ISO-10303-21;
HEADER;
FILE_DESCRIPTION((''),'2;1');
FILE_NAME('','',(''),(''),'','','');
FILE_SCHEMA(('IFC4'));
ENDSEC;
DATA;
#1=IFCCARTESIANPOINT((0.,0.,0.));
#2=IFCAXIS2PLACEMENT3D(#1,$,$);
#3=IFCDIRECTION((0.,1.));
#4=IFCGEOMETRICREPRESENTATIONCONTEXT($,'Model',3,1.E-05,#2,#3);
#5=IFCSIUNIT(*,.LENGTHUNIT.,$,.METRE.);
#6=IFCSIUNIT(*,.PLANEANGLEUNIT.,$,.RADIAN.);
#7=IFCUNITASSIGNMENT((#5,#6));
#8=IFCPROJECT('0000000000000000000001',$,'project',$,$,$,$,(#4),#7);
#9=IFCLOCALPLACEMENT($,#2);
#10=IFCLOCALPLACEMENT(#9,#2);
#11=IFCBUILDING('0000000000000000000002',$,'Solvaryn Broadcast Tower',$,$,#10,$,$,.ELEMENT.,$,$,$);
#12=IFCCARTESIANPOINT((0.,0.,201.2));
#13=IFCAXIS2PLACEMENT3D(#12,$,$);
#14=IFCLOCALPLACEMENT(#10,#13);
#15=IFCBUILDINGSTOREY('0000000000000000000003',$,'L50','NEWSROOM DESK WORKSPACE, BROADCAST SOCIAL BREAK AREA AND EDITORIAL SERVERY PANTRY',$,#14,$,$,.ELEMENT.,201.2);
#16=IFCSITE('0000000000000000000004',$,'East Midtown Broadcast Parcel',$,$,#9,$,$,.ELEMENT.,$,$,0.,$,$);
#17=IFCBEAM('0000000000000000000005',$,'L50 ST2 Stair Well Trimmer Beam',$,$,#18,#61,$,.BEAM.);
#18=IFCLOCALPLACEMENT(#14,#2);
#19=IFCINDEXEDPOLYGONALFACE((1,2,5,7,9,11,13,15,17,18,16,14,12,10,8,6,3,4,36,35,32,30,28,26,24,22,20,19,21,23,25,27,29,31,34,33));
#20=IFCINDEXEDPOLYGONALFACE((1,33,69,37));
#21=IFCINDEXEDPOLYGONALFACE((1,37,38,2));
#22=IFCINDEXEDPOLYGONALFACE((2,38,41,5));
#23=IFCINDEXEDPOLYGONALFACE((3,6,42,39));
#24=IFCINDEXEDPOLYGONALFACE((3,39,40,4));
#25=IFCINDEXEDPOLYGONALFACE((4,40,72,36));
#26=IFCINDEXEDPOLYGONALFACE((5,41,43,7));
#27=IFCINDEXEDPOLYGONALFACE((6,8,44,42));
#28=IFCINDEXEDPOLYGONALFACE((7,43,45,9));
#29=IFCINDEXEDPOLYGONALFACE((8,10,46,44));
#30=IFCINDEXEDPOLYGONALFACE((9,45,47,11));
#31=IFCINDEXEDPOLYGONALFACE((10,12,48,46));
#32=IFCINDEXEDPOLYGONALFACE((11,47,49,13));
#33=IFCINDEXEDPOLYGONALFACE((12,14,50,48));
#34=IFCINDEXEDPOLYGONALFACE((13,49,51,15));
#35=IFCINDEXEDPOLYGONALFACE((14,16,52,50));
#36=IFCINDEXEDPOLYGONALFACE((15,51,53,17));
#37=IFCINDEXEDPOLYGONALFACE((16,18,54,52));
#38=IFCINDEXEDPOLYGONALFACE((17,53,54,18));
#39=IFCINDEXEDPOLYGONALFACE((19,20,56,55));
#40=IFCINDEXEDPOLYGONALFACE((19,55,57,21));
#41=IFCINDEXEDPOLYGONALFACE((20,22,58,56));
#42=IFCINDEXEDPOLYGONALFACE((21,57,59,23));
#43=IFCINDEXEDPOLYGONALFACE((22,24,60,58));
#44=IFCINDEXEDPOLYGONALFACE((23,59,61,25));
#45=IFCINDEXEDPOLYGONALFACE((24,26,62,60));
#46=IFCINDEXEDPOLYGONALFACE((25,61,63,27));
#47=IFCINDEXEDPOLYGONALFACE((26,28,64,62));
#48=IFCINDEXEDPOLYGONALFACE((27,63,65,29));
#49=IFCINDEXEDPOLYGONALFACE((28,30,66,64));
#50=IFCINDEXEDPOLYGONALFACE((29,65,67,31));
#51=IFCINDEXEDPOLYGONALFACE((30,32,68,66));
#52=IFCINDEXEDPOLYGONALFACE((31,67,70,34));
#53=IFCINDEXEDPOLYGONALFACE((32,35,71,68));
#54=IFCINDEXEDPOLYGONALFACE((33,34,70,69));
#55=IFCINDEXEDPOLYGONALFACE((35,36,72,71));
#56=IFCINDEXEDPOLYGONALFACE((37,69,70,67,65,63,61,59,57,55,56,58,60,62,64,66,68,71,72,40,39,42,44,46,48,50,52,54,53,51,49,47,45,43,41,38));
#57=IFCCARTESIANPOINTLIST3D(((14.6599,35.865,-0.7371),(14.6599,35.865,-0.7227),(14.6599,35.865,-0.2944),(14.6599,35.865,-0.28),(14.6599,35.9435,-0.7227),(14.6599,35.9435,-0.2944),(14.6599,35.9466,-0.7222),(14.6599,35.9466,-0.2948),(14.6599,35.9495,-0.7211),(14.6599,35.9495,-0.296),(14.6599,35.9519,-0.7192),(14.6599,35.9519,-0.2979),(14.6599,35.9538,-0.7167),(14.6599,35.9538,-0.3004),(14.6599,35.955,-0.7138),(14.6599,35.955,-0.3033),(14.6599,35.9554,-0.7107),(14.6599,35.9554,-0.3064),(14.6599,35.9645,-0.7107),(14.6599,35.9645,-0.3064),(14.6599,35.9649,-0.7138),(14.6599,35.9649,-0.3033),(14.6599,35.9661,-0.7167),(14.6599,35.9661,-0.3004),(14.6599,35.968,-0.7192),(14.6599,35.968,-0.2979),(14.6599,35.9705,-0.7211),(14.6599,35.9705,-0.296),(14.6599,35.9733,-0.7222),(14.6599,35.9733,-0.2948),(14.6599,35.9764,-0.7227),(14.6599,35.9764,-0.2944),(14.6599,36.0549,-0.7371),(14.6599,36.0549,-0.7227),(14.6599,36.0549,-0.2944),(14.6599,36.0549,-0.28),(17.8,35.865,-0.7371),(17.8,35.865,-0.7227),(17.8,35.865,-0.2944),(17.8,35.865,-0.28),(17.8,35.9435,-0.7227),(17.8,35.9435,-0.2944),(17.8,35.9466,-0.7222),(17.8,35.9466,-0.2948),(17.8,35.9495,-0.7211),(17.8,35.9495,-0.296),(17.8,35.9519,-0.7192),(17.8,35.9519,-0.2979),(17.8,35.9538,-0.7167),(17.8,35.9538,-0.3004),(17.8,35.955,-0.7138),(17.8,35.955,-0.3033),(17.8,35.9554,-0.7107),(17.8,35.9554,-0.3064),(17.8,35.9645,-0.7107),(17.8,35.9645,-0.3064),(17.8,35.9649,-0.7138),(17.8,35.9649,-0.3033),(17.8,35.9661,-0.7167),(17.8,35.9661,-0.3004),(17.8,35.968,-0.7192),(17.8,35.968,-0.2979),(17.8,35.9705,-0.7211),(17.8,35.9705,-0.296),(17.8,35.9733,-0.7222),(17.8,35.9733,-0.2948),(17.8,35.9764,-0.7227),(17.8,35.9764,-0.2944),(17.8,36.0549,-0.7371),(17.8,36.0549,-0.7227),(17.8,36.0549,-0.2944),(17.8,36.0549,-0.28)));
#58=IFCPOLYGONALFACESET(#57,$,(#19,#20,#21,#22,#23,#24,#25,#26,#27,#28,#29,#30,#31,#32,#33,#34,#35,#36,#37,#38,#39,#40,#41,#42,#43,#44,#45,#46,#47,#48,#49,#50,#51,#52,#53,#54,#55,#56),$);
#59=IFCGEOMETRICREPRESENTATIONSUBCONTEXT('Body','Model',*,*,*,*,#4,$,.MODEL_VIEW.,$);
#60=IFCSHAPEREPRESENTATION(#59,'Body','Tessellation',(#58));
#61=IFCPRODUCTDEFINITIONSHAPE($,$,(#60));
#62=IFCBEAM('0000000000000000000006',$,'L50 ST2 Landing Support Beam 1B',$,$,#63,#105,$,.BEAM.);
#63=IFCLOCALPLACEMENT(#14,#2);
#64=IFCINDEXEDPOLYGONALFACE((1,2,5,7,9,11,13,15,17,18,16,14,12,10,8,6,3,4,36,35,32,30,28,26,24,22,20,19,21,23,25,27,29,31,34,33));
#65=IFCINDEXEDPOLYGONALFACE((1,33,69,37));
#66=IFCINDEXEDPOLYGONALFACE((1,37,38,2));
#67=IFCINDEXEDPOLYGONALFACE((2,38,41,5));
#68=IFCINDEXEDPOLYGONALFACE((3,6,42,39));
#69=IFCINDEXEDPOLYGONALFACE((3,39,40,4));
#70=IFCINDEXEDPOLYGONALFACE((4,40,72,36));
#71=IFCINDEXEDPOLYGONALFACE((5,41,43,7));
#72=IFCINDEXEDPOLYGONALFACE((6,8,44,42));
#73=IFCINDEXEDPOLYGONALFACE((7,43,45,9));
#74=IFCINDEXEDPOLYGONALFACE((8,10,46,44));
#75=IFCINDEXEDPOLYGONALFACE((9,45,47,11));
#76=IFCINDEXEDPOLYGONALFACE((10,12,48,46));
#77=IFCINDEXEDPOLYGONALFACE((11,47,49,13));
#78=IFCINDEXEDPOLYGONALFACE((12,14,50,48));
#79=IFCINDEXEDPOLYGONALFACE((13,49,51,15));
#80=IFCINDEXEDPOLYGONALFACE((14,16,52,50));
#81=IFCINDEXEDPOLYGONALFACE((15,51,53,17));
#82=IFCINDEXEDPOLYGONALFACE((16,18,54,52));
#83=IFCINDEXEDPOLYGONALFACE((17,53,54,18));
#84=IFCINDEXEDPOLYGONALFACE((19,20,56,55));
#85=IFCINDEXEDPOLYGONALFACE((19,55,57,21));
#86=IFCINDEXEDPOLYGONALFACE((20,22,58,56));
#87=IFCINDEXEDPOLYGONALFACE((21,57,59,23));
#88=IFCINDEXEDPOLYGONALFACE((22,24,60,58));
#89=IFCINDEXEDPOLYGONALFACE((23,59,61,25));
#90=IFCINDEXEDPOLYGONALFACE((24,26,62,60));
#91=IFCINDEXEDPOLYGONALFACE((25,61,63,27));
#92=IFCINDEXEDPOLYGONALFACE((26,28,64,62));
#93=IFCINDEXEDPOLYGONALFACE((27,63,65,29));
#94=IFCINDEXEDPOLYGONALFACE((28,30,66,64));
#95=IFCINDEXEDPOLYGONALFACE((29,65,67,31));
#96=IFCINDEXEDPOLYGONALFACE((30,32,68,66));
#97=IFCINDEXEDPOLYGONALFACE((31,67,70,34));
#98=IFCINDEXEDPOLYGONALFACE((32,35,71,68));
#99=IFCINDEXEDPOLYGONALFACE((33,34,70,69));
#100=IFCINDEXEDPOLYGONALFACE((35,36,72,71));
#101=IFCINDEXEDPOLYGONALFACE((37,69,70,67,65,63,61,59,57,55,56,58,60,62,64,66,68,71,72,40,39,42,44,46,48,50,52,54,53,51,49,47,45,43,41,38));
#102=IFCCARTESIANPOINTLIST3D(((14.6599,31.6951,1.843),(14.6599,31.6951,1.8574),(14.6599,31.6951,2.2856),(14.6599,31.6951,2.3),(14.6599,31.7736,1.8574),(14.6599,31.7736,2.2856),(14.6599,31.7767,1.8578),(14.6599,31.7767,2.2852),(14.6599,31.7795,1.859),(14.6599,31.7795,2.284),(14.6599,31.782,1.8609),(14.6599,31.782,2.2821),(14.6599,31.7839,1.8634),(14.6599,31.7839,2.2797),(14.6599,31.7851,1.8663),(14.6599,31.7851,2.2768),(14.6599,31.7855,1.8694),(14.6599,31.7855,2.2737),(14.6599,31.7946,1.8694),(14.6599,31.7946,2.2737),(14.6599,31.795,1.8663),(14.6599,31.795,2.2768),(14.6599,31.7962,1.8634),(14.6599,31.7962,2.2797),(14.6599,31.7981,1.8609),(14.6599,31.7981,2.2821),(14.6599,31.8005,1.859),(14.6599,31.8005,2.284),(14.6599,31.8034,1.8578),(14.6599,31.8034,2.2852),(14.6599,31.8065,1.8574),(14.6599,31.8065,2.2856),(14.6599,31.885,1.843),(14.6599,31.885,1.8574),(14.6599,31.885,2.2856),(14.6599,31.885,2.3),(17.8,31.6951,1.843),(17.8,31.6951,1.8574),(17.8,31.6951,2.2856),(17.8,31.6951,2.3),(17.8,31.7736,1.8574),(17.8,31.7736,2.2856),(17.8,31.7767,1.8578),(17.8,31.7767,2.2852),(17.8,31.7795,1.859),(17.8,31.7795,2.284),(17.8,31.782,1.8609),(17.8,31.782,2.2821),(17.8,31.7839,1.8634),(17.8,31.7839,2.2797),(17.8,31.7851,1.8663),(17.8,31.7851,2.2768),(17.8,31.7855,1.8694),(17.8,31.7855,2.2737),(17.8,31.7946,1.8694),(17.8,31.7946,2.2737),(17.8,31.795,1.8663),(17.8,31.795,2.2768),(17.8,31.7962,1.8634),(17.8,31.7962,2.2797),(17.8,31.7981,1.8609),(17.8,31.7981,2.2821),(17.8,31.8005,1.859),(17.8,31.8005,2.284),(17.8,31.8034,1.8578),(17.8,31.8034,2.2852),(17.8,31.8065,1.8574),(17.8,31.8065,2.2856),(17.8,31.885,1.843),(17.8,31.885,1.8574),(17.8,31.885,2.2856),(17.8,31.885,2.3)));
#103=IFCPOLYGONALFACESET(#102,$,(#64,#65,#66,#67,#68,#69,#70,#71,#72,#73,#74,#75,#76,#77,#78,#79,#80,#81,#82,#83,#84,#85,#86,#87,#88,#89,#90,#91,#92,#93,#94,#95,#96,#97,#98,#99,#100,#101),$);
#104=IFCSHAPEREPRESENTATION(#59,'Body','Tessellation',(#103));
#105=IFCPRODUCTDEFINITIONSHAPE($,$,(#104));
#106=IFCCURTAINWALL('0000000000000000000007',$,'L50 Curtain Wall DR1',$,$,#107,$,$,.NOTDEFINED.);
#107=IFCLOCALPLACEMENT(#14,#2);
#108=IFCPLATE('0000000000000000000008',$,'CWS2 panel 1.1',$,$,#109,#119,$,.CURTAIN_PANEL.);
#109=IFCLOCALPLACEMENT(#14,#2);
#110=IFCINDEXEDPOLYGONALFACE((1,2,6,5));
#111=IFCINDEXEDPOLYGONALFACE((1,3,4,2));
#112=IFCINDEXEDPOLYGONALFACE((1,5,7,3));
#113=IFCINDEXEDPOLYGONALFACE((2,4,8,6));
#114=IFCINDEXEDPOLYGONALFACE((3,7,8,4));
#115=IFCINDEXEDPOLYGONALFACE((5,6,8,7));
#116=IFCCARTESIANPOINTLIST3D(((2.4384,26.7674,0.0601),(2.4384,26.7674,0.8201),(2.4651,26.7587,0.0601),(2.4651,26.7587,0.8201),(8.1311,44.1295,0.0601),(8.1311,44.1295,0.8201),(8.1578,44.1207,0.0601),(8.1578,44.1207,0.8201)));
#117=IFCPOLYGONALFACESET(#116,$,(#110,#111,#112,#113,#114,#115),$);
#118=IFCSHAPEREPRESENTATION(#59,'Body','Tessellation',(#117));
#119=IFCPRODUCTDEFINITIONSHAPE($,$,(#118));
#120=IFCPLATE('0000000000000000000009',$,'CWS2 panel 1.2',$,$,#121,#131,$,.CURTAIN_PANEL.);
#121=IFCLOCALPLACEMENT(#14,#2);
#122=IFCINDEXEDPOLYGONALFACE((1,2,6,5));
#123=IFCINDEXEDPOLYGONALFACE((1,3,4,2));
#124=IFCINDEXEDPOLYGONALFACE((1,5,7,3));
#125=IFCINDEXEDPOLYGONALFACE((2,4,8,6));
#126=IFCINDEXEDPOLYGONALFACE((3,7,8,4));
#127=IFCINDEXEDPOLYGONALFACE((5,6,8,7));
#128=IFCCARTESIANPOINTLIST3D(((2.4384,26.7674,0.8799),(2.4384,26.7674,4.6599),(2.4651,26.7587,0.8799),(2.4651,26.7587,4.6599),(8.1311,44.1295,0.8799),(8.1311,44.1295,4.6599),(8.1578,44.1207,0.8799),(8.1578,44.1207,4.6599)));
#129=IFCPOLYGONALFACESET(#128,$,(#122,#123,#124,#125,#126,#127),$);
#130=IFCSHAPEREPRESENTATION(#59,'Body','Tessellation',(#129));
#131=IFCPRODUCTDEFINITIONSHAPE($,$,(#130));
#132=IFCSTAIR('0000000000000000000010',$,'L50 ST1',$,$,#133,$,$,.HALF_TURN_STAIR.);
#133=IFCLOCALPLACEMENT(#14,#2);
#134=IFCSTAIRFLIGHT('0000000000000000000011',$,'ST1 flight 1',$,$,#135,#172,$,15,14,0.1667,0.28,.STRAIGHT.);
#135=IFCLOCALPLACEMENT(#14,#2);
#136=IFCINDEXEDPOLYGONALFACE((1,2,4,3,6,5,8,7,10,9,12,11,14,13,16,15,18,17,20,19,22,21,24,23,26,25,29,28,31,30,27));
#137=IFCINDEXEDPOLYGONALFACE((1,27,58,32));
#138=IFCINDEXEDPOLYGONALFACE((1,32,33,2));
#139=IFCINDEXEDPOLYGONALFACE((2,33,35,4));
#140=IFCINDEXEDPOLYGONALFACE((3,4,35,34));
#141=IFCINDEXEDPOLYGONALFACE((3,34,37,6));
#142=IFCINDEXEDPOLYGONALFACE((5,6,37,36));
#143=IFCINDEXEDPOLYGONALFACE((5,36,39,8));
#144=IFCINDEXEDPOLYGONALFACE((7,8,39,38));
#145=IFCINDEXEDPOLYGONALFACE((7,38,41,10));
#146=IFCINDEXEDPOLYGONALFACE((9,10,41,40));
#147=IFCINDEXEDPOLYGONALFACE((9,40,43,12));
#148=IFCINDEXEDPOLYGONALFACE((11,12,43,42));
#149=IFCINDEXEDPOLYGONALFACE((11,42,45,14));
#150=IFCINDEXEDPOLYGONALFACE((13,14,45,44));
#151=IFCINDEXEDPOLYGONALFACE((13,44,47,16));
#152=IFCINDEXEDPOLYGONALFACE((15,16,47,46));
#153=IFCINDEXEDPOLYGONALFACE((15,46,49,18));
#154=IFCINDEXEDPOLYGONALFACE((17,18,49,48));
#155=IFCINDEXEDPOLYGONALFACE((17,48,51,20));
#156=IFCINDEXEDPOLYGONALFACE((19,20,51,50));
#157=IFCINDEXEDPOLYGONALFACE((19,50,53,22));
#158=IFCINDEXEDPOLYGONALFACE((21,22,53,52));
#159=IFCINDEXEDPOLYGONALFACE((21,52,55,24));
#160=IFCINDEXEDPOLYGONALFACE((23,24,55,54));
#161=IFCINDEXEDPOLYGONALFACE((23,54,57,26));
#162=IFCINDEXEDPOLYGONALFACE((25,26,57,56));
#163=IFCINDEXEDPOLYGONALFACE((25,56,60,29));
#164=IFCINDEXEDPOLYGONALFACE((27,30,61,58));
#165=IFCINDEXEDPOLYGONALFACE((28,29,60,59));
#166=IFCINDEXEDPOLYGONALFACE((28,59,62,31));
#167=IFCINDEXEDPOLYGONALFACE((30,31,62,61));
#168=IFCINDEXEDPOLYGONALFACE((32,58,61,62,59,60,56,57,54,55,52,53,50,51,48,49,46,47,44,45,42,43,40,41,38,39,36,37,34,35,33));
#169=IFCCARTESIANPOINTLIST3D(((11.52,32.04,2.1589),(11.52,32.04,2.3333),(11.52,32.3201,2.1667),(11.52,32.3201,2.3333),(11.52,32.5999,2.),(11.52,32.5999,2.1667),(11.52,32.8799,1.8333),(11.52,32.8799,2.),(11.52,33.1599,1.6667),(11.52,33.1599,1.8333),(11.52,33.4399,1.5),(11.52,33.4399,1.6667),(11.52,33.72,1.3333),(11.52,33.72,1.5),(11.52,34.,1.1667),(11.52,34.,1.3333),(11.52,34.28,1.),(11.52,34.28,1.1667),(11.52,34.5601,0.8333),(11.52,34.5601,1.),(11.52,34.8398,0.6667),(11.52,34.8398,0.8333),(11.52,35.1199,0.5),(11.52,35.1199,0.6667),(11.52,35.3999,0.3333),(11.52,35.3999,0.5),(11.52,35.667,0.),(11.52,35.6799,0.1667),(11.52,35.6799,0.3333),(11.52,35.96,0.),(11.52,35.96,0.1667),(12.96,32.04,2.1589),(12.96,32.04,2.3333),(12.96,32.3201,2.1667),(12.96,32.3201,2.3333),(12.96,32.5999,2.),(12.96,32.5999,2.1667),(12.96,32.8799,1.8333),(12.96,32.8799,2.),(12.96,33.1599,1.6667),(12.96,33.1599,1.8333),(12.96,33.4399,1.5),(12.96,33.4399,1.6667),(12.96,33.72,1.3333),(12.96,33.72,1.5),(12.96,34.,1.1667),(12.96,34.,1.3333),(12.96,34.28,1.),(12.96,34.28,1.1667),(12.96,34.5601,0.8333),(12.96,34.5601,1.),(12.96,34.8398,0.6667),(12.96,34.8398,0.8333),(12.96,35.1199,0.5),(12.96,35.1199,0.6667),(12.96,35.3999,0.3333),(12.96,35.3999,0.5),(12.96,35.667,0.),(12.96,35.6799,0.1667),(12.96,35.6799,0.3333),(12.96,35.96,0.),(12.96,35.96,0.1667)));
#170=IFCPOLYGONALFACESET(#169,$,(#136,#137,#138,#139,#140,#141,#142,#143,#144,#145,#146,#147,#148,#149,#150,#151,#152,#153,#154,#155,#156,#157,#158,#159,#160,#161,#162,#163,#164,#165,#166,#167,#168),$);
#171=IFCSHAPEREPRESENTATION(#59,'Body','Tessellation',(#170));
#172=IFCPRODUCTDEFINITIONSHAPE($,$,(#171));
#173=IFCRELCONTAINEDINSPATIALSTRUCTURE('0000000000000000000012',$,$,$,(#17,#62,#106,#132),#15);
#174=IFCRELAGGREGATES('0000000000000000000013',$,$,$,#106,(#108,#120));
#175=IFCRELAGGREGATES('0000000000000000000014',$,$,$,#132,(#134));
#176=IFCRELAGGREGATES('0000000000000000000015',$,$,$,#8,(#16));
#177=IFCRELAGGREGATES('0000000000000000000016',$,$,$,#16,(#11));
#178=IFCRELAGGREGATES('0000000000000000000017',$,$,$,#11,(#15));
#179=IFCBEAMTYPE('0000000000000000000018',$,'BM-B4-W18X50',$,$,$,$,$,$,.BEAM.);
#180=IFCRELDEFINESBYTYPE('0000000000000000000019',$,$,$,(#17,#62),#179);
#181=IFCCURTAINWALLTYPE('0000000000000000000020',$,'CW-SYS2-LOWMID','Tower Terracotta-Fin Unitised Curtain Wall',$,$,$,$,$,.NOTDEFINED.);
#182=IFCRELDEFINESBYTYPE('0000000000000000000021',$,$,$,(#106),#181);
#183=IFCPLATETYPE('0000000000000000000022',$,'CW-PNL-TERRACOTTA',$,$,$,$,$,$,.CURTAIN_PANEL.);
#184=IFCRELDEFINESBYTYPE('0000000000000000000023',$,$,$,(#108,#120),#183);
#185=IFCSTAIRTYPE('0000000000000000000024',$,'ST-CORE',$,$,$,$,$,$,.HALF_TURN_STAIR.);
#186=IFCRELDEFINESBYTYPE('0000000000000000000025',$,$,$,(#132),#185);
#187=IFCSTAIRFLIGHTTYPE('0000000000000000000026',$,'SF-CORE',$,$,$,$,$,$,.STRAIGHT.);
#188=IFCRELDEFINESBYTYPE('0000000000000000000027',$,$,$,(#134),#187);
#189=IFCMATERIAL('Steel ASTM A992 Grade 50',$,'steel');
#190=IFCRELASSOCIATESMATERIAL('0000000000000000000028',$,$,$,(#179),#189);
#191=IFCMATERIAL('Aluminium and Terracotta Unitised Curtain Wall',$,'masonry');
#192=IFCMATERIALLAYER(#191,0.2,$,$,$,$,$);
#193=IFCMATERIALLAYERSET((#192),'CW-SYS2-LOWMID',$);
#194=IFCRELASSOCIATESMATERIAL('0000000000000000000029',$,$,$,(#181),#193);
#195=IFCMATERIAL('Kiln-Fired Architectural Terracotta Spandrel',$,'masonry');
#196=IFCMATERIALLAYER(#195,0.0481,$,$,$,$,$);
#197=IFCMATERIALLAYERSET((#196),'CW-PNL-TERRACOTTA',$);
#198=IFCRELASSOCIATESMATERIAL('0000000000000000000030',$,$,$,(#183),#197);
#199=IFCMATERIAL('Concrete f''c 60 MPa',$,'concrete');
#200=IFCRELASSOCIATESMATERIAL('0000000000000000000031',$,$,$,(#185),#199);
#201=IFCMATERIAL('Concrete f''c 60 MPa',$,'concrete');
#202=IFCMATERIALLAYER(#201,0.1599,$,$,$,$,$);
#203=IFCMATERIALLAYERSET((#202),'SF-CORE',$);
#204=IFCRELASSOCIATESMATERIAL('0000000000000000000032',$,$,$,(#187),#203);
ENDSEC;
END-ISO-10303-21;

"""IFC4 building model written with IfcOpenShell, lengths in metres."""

from ifc_helpers import new_model, si_unit, direction, frame, origin, origin_2d, place, context, subcontext, project, spatial, polyline, rectangle, i_section, outline, extrude, material, layer, layer_set, material_profile, profile_set, type_object, element, aggregate, save


model = new_model("IFC4")

# Units and contexts
model_context = context("Model", 3, precision=1e-05, world=origin(), true_north=direction((0.0, 1.0)))
body_context = subcontext(model_context, "Body", "Model", "MODEL_VIEW")
ifc_project = project(units=[si_unit("LENGTHUNIT", "METRE"), si_unit("PLANEANGLEUNIT", "RADIAN")], contexts=[model_context])

# Site, building, storey
site_placement = place(None, origin())
site = spatial("IfcSite", under=ifc_project, at=site_placement, Name="East Midtown Broadcast Parcel", CompositionType="ELEMENT", RefElevation=0.0)
building_placement = place(site_placement, origin())
building = spatial("IfcBuilding", under=site, at=building_placement, Name="Solvaryn Broadcast Tower", CompositionType="ELEMENT")
storey_placement = place(building_placement, frame((0.0, 0.0, 201.2)))
storey = spatial("IfcBuildingStorey", under=building, at=storey_placement, Name="L50", Description="NEWSROOM DESK WORKSPACE, BROADCAST SOCIAL BREAK AREA AND EDITORIAL SERVERY PANTRY", CompositionType="ELEMENT", Elevation=201.2)

# Beams
ifc_material_1 = material(Name="Steel ASTM A992 Grade 50", Category="steel")
ifc_material_profile_1 = material_profile(ifc_material_1, i_section(OverallWidth=0.1899, OverallDepth=0.457, WebThickness=0.009, FlangeThickness=0.0144, FilletRadius=0.012, at=origin_2d()))
ifc_profile_set_1 = profile_set([ifc_material_profile_1], Name="Steel ASTM A992 Grade 50")
beam_type_1 = type_object("IfcBeamType", Name="BM-B4-W18X50", PredefinedType="BEAM", material=ifc_profile_set_1)
for number, where, z_axis, x_axis, name in (
    (1, (14.6599, 35.96, -0.5085), (1.0, 0.0, 0.0), (0.0, 1.0, 0.0), "L50 ST2 Stair Well Trimmer Beam"),
    (2, (14.6599, 31.79, 2.0715), (1.0, 0.0, 0.0), (0.0, 1.0, 0.0), "L50 ST2 Landing Support Beam 1B"),
):
    element("IfcBeam", number, at=place(storey_placement, frame(where, z_axis=z_axis, x_axis=x_axis)), inside=storey, type_object=beam_type_1, Name=name, PredefinedType="BEAM", context=body_context, shape_type="SweptSolid", body=[
        extrude(i_section(OverallWidth=0.1899, OverallDepth=0.457, WebThickness=0.009, FlangeThickness=0.0144, FilletRadius=0.012, at=origin_2d()), origin(), (0.0, 0.0, 1.0), 3.1401),
    ])

# Curtain wall, plates
ifc_material_2 = material(Name="Aluminium and Terracotta Unitised Curtain Wall", Category="masonry")
ifc_layer_1 = layer(ifc_material_2, 0.2)
ifc_layer_set_1 = layer_set([ifc_layer_1], Name="CW-SYS2-LOWMID")
curtain_wall_type = type_object("IfcCurtainWallType", Name="CW-SYS2-LOWMID", Description="Tower Terracotta-Fin Unitised Curtain Wall", PredefinedType="NOTDEFINED", material=ifc_layer_set_1)
curtain_wall_placement = place(storey_placement, origin())
curtain_wall = element("IfcCurtainWall", 3, at=curtain_wall_placement, inside=storey, type_object=curtain_wall_type, Name="L50 Curtain Wall DR1", PredefinedType="NOTDEFINED")
ifc_material_3 = material(Name="Kiln-Fired Architectural Terracotta Spandrel", Category="masonry")
ifc_layer_2 = layer(ifc_material_3, 0.0481)
ifc_layer_set_2 = layer_set([ifc_layer_2], Name="CW-PNL-TERRACOTTA")
plate_type = type_object("IfcPlateType", Name="CW-PNL-TERRACOTTA", PredefinedType="CURTAIN_PANEL", material=ifc_layer_set_2)
plate_1_placement = place(storey_placement, frame((5.2981, 35.4441, 0.0601), z_axis=(0.0, 0.0, 1.0), x_axis=(-0.311559, -0.950227, 0.0)))
plate_1 = element("IfcPlate", 4, at=plate_1_placement, type_object=plate_type, Name="CWS2 panel 1.1", PredefinedType="CURTAIN_PANEL", context=body_context, shape_type="SweptSolid", body=[
    extrude(rectangle(XDim=18.2715, YDim=0.0281, at=origin_2d()), origin(), (0.0, 0.0, 1.0), 0.76),
])
plate_2_placement = place(storey_placement, frame((5.2981, 35.4441, 0.8799), z_axis=(0.0, 0.0, 1.0), x_axis=(-0.311559, -0.950227, 0.0)))
plate_2 = element("IfcPlate", 5, at=plate_2_placement, type_object=plate_type, Name="CWS2 panel 1.2", PredefinedType="CURTAIN_PANEL", context=body_context, shape_type="SweptSolid", body=[
    extrude(rectangle(XDim=18.2715, YDim=0.0281, at=origin_2d()), origin(), (0.0, 0.0, 1.0), 3.78),
])
aggregate(curtain_wall, [plate_1, plate_2])

# Stair, stair flight
ifc_material_4 = material(Name="Concrete f'c 60 MPa", Category="concrete")
stair_type = type_object("IfcStairType", Name="ST-CORE", PredefinedType="HALF_TURN_STAIR", material=ifc_material_4)
stair_1_placement = place(storey_placement, origin())
stair_1 = element("IfcStair", 6, at=stair_1_placement, inside=storey, type_object=stair_type, Name="L50 ST1", PredefinedType="HALF_TURN_STAIR")
ifc_material_5 = material(Name="Concrete f'c 60 MPa", Category="concrete")
ifc_layer_3 = layer(ifc_material_5, 0.1599)
ifc_layer_set_3 = layer_set([ifc_layer_3], Name="SF-CORE")
stair_flight_type = type_object("IfcStairFlightType", Name="SF-CORE", PredefinedType="STRAIGHT", material=ifc_layer_set_3)
stair_flight_1_placement = place(storey_placement, frame((12.24, 35.96, 0.0), z_axis=(0.0, 0.0, 1.0), x_axis=(0.0, -1.0, 0.0)))
stair_flight_1 = element("IfcStairFlight", 7, at=stair_flight_1_placement, type_object=stair_flight_type, Name="ST1 flight 1", NumberOfRisers=15, NumberOfTreads=14, PredefinedType="STRAIGHT", RiserHeight=0.1667, TreadLength=0.28, context=body_context, shape_type="SweptSolid", body=[
    extrude(outline(polyline([(0.0, 0.0), (0.0, 0.1667), (0.28, 0.1667), (0.28, 0.3333), (0.5601, 0.3333), (0.5601, 0.5), (0.8401, 0.5), (0.8401, 0.6667), (1.1201, 0.6667), (1.1201, 0.8333), (1.3999, 0.8333), (1.3999, 1.0), (1.6799, 1.0), (1.6799, 1.1667), (1.96, 1.1667), (1.96, 1.3333), (2.24, 1.3333), (2.24, 1.5), (2.52, 1.5), (2.52, 1.6667), (2.8, 1.6667), (2.8, 1.8333), (3.0801, 1.8333), (3.0801, 2.0), (3.3601, 2.0), (3.3601, 2.1667), (3.6399, 2.1667), (3.6399, 2.3333), (3.9199, 2.3333), (3.9199, 2.5), (3.9199, 2.1589), (0.293, 0.0), (0.0, 0.0)])), frame((0.0, 0.72, 0.0), z_axis=(0.0, -1.0, 0.0), x_axis=(1.0, 0.0, 0.0)), (0.0, 0.0, 1.0), 1.4399),
])
aggregate(stair_1, [stair_flight_1])

save(model, "model.ifc")
